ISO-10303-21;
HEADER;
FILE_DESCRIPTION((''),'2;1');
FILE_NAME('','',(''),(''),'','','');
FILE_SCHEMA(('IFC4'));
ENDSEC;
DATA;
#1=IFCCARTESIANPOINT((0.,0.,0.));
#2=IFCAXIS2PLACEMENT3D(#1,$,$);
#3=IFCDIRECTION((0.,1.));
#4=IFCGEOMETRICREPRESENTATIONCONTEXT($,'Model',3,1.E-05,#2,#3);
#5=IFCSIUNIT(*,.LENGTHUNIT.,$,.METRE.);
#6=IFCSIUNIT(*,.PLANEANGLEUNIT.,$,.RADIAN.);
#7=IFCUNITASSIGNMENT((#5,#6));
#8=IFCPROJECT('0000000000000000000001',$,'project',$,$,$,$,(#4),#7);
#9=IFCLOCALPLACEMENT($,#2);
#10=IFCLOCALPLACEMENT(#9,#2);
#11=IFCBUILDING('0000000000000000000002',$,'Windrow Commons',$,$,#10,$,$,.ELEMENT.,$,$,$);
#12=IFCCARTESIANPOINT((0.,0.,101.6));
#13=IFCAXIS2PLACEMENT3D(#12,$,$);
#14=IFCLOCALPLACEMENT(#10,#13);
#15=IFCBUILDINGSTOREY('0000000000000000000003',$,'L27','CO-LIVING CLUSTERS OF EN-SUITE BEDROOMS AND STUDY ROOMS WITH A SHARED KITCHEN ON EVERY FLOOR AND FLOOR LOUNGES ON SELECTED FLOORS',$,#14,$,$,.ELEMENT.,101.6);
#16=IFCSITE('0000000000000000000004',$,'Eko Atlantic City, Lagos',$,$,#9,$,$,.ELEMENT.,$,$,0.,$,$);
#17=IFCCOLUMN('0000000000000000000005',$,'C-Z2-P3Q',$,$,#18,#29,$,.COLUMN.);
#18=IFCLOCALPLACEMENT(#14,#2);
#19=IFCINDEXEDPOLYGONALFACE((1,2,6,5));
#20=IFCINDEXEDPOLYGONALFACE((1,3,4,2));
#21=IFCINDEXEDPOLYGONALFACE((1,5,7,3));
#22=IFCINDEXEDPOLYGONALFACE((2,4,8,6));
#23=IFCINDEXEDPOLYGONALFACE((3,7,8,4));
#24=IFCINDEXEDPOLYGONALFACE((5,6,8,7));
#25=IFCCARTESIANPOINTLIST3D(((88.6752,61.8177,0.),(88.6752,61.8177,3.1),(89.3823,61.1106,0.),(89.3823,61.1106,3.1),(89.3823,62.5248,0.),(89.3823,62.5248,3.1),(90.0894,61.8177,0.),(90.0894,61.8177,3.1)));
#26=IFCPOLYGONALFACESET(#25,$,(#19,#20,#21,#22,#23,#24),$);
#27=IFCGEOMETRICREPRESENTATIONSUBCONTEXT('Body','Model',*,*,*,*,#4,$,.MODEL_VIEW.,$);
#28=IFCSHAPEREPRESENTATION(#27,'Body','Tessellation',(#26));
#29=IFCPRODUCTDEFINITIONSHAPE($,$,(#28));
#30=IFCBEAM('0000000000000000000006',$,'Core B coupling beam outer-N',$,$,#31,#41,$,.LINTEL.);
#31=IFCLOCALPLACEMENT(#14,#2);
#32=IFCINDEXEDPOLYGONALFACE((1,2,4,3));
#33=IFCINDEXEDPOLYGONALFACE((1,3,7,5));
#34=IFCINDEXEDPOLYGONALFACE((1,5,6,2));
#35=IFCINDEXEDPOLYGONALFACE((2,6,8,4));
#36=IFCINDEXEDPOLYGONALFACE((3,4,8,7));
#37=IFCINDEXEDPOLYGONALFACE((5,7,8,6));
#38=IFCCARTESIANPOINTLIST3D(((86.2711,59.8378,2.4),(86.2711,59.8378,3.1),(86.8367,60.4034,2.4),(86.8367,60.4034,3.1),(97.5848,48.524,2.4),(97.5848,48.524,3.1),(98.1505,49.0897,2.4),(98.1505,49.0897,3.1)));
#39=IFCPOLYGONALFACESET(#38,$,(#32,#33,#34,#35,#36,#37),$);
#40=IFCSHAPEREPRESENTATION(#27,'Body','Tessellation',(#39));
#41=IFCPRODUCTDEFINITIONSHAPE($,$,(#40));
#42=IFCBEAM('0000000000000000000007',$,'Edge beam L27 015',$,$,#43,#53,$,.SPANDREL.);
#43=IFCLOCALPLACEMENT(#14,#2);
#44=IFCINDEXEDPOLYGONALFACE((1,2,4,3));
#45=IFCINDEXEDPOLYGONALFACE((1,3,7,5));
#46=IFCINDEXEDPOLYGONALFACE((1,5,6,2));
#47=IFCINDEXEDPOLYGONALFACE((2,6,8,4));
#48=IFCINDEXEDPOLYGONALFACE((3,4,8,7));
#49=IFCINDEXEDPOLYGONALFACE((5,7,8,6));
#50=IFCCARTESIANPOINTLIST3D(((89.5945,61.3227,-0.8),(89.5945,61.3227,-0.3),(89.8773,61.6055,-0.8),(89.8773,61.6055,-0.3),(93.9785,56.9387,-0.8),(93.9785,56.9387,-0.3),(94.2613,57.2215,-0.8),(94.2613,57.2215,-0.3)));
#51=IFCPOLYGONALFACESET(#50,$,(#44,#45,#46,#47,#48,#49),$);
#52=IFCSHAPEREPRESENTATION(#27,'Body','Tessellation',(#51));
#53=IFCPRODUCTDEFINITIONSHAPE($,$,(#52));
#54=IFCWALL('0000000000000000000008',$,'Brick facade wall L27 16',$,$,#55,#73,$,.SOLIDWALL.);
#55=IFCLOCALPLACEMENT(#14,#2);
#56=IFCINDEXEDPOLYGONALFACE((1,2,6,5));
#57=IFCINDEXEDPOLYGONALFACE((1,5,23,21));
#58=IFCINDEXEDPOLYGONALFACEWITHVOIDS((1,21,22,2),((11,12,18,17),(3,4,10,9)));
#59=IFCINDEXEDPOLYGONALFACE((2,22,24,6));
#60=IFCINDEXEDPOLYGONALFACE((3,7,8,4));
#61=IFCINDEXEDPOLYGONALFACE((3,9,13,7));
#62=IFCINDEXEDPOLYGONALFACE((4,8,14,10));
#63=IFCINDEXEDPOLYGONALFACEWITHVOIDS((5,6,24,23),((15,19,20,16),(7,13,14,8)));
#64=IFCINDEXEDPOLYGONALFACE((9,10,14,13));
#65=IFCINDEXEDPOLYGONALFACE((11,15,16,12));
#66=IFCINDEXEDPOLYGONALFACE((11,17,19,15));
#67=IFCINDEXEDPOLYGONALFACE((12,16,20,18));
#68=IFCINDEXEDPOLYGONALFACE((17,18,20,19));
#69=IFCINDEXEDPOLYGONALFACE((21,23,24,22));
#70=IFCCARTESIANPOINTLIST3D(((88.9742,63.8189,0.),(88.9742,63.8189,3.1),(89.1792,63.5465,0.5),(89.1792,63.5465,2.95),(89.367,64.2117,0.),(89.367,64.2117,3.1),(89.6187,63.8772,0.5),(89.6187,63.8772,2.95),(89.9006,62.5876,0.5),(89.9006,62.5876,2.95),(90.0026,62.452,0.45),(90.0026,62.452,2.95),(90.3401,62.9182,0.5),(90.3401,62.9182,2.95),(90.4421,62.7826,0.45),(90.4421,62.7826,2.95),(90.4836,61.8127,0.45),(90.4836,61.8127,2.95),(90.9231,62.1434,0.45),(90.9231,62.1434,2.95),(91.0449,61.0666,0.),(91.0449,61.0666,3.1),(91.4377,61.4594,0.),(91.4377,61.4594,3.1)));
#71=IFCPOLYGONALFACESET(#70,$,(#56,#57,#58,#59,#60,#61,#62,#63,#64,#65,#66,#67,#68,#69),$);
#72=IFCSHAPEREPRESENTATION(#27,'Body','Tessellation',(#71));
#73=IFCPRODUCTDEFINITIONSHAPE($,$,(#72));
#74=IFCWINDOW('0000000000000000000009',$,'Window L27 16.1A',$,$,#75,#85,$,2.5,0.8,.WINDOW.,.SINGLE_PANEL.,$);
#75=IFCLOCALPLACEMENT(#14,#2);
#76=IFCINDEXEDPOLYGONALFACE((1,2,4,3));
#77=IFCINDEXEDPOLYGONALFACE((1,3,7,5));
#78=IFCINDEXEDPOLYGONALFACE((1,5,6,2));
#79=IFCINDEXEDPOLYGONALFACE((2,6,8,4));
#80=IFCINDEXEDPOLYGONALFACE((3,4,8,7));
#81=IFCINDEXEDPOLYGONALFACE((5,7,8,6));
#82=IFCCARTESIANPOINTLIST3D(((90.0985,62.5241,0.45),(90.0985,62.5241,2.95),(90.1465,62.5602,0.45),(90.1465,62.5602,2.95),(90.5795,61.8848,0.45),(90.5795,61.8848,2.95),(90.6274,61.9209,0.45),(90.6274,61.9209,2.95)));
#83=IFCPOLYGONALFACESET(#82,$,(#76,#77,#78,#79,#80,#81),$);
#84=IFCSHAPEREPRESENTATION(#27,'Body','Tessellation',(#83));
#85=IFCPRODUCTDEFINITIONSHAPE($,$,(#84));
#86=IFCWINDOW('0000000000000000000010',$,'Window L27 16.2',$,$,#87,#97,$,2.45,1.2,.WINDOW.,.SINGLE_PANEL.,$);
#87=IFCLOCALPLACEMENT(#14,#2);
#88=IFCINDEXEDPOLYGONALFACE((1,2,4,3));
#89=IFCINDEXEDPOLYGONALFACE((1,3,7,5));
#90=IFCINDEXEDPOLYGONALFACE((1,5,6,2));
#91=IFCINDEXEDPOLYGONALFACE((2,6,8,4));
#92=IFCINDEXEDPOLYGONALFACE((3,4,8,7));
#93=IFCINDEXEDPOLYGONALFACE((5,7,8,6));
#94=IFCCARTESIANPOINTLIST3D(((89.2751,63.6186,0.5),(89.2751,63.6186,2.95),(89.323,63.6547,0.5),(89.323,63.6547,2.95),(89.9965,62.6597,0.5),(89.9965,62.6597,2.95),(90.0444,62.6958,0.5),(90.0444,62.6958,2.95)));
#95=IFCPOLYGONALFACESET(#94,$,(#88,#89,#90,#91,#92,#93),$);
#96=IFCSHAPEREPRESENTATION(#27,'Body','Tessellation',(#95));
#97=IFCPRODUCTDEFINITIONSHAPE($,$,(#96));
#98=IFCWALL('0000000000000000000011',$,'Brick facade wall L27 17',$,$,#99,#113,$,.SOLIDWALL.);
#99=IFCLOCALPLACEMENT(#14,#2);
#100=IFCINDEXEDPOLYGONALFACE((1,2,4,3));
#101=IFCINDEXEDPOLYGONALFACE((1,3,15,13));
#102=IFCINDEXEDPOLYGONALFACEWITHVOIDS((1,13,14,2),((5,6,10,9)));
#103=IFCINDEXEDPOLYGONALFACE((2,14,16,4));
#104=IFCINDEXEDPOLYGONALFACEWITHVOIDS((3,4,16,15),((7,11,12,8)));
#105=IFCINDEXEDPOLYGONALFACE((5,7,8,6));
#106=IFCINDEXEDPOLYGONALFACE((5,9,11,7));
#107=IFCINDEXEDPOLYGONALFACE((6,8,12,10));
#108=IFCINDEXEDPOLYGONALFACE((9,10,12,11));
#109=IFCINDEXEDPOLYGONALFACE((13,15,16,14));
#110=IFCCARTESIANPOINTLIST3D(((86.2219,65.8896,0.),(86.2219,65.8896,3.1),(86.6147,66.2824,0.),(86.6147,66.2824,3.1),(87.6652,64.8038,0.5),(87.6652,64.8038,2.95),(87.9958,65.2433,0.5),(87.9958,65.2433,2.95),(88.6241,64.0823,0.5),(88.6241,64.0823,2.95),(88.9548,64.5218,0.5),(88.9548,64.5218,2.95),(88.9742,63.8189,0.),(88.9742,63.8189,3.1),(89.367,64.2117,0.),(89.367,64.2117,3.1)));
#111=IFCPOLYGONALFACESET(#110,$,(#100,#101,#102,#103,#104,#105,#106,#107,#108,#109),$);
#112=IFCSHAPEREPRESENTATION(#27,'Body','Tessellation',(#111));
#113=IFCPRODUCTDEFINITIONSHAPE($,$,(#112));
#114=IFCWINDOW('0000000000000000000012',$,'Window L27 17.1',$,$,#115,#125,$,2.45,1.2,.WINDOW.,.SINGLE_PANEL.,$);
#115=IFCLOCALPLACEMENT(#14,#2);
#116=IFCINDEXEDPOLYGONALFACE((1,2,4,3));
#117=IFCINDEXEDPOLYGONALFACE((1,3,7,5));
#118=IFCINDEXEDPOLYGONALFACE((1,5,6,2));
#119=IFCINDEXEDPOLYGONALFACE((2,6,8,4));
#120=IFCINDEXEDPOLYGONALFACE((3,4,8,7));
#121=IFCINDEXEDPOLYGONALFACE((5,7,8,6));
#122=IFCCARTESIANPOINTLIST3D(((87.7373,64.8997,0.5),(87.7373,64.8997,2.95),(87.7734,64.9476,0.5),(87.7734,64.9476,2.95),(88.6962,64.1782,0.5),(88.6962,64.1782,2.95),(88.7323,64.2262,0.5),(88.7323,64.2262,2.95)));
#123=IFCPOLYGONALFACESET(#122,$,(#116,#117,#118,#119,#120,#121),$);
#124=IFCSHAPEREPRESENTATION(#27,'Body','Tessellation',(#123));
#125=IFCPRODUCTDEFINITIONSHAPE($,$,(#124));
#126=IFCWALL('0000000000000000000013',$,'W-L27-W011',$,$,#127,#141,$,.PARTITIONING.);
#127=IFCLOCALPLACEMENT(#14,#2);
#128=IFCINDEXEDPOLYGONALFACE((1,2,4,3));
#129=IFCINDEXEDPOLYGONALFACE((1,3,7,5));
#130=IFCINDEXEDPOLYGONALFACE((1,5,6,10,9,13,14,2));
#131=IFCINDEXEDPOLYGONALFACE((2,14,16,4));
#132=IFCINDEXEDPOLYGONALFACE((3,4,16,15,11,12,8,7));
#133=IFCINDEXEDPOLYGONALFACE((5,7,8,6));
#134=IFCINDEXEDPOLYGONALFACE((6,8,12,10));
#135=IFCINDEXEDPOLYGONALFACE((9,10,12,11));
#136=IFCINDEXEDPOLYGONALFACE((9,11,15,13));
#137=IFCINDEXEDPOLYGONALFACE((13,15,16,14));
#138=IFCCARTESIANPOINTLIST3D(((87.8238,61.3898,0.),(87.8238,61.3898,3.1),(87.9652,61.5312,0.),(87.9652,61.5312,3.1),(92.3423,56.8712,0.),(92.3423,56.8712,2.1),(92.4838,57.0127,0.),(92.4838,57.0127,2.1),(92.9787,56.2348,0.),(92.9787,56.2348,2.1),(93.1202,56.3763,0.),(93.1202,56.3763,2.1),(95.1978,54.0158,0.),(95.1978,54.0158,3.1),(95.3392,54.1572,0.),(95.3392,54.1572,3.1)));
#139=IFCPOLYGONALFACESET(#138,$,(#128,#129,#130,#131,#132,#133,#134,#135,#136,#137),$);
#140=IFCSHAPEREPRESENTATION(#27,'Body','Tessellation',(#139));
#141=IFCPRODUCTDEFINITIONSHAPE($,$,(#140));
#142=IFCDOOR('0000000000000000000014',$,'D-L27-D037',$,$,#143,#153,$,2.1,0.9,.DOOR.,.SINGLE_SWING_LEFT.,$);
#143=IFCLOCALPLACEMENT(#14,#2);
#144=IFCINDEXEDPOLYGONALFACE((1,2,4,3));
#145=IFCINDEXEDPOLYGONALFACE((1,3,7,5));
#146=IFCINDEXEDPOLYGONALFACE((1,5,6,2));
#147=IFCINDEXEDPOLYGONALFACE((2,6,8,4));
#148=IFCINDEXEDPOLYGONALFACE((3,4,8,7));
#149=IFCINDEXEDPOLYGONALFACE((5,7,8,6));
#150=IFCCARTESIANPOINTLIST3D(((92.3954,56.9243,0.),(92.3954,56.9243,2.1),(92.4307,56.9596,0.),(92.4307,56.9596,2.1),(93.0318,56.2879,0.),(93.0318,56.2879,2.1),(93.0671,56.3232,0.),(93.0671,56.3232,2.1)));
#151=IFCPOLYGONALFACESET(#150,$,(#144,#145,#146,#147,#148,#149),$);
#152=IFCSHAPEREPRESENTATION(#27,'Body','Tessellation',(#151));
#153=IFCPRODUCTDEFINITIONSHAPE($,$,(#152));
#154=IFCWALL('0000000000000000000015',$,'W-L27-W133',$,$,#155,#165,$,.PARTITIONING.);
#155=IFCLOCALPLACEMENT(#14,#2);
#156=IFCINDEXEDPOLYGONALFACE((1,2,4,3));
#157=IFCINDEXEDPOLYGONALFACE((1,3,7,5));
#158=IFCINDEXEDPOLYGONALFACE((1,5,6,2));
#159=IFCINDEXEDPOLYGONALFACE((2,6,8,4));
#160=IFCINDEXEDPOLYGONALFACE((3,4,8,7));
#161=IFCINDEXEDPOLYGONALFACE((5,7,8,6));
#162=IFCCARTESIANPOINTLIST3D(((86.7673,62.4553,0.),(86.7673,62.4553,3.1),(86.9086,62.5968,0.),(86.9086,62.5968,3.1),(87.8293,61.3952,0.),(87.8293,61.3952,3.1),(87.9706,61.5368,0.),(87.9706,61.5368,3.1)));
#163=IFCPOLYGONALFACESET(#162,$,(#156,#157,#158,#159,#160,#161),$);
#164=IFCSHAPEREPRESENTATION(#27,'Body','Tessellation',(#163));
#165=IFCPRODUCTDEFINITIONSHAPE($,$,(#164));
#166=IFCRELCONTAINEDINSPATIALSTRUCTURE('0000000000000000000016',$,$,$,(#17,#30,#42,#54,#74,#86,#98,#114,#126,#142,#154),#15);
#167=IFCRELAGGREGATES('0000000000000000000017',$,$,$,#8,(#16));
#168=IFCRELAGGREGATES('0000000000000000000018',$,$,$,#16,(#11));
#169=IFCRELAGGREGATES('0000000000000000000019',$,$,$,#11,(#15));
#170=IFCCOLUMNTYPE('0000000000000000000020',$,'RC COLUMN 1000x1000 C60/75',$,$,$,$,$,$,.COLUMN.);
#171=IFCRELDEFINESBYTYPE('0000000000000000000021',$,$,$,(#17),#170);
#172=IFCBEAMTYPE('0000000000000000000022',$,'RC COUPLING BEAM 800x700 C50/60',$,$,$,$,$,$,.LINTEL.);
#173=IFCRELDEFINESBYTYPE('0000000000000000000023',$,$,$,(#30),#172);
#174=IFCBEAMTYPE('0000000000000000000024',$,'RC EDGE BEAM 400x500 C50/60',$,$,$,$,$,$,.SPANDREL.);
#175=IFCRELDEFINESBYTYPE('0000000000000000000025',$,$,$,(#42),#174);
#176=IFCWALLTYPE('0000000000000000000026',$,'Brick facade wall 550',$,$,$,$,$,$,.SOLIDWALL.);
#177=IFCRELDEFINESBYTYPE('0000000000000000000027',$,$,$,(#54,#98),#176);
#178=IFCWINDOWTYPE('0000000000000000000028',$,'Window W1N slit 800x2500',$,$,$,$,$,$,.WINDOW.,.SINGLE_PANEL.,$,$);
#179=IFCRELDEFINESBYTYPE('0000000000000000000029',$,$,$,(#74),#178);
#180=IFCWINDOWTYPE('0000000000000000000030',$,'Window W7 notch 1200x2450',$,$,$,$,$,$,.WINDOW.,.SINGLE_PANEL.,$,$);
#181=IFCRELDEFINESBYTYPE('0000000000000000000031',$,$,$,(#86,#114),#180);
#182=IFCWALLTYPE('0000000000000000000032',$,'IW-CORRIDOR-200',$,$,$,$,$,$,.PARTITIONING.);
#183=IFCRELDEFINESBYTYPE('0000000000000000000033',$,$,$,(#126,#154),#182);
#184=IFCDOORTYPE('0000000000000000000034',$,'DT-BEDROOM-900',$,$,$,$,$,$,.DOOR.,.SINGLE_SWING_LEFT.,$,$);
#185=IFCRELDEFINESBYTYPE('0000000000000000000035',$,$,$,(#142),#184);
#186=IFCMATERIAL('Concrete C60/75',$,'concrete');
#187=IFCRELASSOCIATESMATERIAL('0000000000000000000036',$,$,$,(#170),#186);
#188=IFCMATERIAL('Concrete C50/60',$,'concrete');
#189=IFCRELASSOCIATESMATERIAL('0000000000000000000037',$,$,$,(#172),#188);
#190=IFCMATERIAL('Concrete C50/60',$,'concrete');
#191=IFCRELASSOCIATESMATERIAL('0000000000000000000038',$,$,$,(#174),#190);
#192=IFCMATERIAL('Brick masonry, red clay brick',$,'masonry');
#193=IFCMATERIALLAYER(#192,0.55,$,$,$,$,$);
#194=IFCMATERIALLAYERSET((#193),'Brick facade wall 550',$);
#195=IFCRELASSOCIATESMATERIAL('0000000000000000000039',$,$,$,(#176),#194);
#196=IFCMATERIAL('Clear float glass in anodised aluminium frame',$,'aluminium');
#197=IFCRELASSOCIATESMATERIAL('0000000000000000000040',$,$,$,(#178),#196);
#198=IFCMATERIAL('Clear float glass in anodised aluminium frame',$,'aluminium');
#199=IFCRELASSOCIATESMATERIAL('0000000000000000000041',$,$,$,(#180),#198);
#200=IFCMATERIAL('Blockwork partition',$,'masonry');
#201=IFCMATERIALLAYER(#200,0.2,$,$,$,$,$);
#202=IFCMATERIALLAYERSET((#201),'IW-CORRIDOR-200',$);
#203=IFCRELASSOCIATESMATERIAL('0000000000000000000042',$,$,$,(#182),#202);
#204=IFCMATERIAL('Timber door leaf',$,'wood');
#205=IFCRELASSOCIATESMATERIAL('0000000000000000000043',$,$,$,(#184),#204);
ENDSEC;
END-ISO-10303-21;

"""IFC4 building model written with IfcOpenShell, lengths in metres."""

from ifc_helpers import new_model, si_unit, direction, frame, frame_2d, origin, origin_2d, place, context, subcontext, project, spatial, polyline, rectangle, outline, extrude, material, layer, layer_set, material_profile, profile_set, type_object, element, fill, save


model = new_model("IFC4")

# Units and contexts
model_context = context("Model", 3, precision=1e-05, world=origin(), true_north=direction((0.0, 1.0)))
body_context = subcontext(model_context, "Body", "Model", "MODEL_VIEW")
ifc_project = project(units=[si_unit("LENGTHUNIT", "METRE"), si_unit("PLANEANGLEUNIT", "RADIAN")], contexts=[model_context])

# Site, building, storey
site_placement = place(None, origin())
site = spatial("IfcSite", under=ifc_project, at=site_placement, Name="Eko Atlantic City, Lagos", CompositionType="ELEMENT", RefElevation=0.0)
building_placement = place(site_placement, origin())
building = spatial("IfcBuilding", under=site, at=building_placement, Name="Windrow Commons", CompositionType="ELEMENT")
storey_placement = place(building_placement, frame((0.0, 0.0, 101.6)))
storey = spatial("IfcBuildingStorey", under=building, at=storey_placement, Name="L27", Description="CO-LIVING CLUSTERS OF EN-SUITE BEDROOMS AND STUDY ROOMS WITH A SHARED KITCHEN ON EVERY FLOOR AND FLOOR LOUNGES ON SELECTED FLOORS", CompositionType="ELEMENT", Elevation=101.6)

# Column
ifc_material_1 = material(Name="Concrete C60/75", Category="concrete")
ifc_material_profile_1 = material_profile(ifc_material_1, rectangle(XDim=1.0, YDim=1.0, at=origin_2d()))
ifc_profile_set_1 = profile_set([ifc_material_profile_1], Name="Concrete C60/75")
column_type = type_object("IfcColumnType", Name="RC COLUMN 1000x1000 C60/75", PredefinedType="COLUMN", material=ifc_profile_set_1)
column_placement = place(storey_placement, frame((89.3823, 61.8177, 0.0), z_axis=(0.0, 0.0, 1.0), x_axis=(0.707107, -0.707107, 0.0)))
element("IfcColumn", 1, at=column_placement, inside=storey, type_object=column_type, Name="C-Z2-P3Q", PredefinedType="COLUMN", context=body_context, shape_type="SweptSolid", body=[
    extrude(rectangle(XDim=1.0, YDim=1.0, at=origin_2d()), origin(), (0.0, 0.0, 1.0), 3.1),
])

# Beams
ifc_material_2 = material(Name="Concrete C50/60", Category="concrete")
ifc_material_profile_2 = material_profile(ifc_material_2, rectangle(XDim=0.8, YDim=0.7, at=origin_2d()))
ifc_profile_set_2 = profile_set([ifc_material_profile_2], Name="Concrete C50/60")
beam_type_1 = type_object("IfcBeamType", Name="RC COUPLING BEAM 800x700 C50/60", PredefinedType="LINTEL", material=ifc_profile_set_2)
beam_1_placement = place(storey_placement, frame((86.5539, 60.1206, 2.75), z_axis=(0.707107, -0.707107, 0.0), x_axis=(0.707107, 0.707107, 0.0)))
element("IfcBeam", 2, at=beam_1_placement, inside=storey, type_object=beam_type_1, Name="Core B coupling beam outer-N", PredefinedType="LINTEL", context=body_context, shape_type="SweptSolid", body=[
    extrude(rectangle(XDim=0.8, YDim=0.7, at=origin_2d()), origin(), (0.0, 0.0, 1.0), 16.0),
])
ifc_material_3 = material(Name="Concrete C50/60", Category="concrete")
ifc_material_profile_3 = material_profile(ifc_material_3, rectangle(XDim=0.4, YDim=0.5, at=origin_2d()))
ifc_profile_set_3 = profile_set([ifc_material_profile_3], Name="Concrete C50/60")
beam_type_2 = type_object("IfcBeamType", Name="RC EDGE BEAM 400x500 C50/60", PredefinedType="SPANDREL", material=ifc_profile_set_3)
beam_2_placement = place(storey_placement, frame((89.7359, 61.4641, -0.55), z_axis=(0.707107, -0.707107, 0.0), x_axis=(0.707107, 0.707107, 0.0)))
element("IfcBeam", 3, at=beam_2_placement, inside=storey, type_object=beam_type_2, Name="Edge beam L27 015", PredefinedType="SPANDREL", context=body_context, shape_type="SweptSolid", body=[
    extrude(rectangle(XDim=0.4, YDim=0.5, at=origin_2d()), origin(), (0.0, 0.0, 1.0), 6.1999),
])

# Wall, openings, windows
ifc_material_4 = material(Name="Brick masonry, red clay brick", Category="masonry")
ifc_layer_1 = layer(ifc_material_4, 0.55)
ifc_layer_set_1 = layer_set([ifc_layer_1], Name="Brick facade wall 550")
wall_type_1 = type_object("IfcWallType", Name="Brick facade wall 550", PredefinedType="SOLIDWALL", material=ifc_layer_set_1)
wall_1_placement = place(storey_placement, frame((91.2413, 61.263, 0.0), z_axis=(0.0, 0.0, 1.0), x_axis=(-0.601202, 0.799097, 0.0)))
wall_1 = element("IfcWall", 4, at=wall_1_placement, inside=storey, type_object=wall_type_1, Name="Brick facade wall L27 16", PredefinedType="SOLIDWALL", context=body_context, shape_type="SweptSolid", body=[
    extrude(outline(polyline([(0.0389, -0.275), (3.4831, -0.275), (3.4054, 0.275), (-0.0389, 0.275), (0.0389, -0.275)])), origin(), (0.0, 0.0, 1.0), 3.1),
])
opening_1_placement = place(wall_1_placement, frame((1.8645, 0.0, 0.5)))
opening_1 = element("IfcOpeningElement", 5, at=opening_1_placement, cuts=wall_1, PredefinedType="OPENING", context=body_context, shape_type="SweptSolid", body=[
    extrude(rectangle(XDim=1.2, YDim=2.45, at=frame_2d((0.6, 1.225))), frame((0.0, 0.285, 0.0), z_axis=(0.0, -1.0, 0.0), x_axis=(1.0, 0.0, 0.0)), (0.0, 0.0, 1.0), 0.57),
])
opening_2_placement = place(wall_1_placement, frame((0.8948, 0.0, 0.45)))
opening_2 = element("IfcOpeningElement", 6, at=opening_2_placement, cuts=wall_1, PredefinedType="OPENING", context=body_context, shape_type="SweptSolid", body=[
    extrude(rectangle(XDim=0.8, YDim=2.5, at=frame_2d((0.4, 1.25))), frame((0.0, 0.285, 0.0), z_axis=(0.0, -1.0, 0.0), x_axis=(1.0, 0.0, 0.0)), (0.0, 0.0, 1.0), 0.57),
])
ifc_material_5 = material(Name="Clear float glass in anodised aluminium frame", Category="aluminium")
window_type_1 = type_object("IfcWindowType", Name="Window W1N slit 800x2500", PartitioningType="SINGLE_PANEL", PredefinedType="WINDOW", material=ifc_material_5)
window_1_placement = place(opening_2_placement, origin())
window_1 = element("IfcWindow", 7, at=window_1_placement, inside=storey, type_object=window_type_1, Name="Window L27 16.1A", OverallHeight=2.5, OverallWidth=0.8, PartitioningType="SINGLE_PANEL", PredefinedType="WINDOW", context=body_context, shape_type="SweptSolid", body=[
    extrude(rectangle(XDim=0.8, YDim=2.5, at=frame_2d((0.4, 1.25))), frame((0.0, 0.155, 0.0), z_axis=(0.0, -1.0, 0.0), x_axis=(1.0, 0.0, 0.0)), (0.0, 0.0, 1.0), 0.06),
])
fill(opening_2, window_1)
ifc_material_6 = material(Name="Clear float glass in anodised aluminium frame", Category="aluminium")
window_type_2 = type_object("IfcWindowType", Name="Window W7 notch 1200x2450", PartitioningType="SINGLE_PANEL", PredefinedType="WINDOW", material=ifc_material_6)
window_2_placement = place(opening_1_placement, origin())
window_2 = element("IfcWindow", 8, at=window_2_placement, inside=storey, type_object=window_type_2, Name="Window L27 16.2", OverallHeight=2.45, OverallWidth=1.2, PartitioningType="SINGLE_PANEL", PredefinedType="WINDOW", context=body_context, shape_type="SweptSolid", body=[
    extrude(rectangle(XDim=1.2, YDim=2.45, at=frame_2d((0.6, 1.225))), frame((0.0, 0.155, 0.0), z_axis=(0.0, -1.0, 0.0), x_axis=(1.0, 0.0, 0.0)), (0.0, 0.0, 1.0), 0.06),
])
fill(opening_1, window_2)

# Wall, opening, window
wall_2_placement = place(storey_placement, frame((89.1706, 64.0153, 0.0), z_axis=(0.0, 0.0, 1.0), x_axis=(-0.799097, 0.601202, 0.0)))
wall_2 = element("IfcWall", 9, at=wall_2_placement, inside=storey, type_object=wall_type_1, Name="Brick facade wall L27 17", PredefinedType="SOLIDWALL", context=body_context, shape_type="SweptSolid", body=[
    extrude(outline(polyline([(-0.0389, -0.275), (3.4054, -0.275), (3.4831, 0.275), (0.0389, 0.275), (-0.0389, -0.275)])), origin(), (0.0, 0.0, 1.0), 3.1),
])
opening_3_placement = place(wall_2_placement, frame((0.477, 0.0, 0.5)))
opening_3 = element("IfcOpeningElement", 10, at=opening_3_placement, cuts=wall_2, PredefinedType="OPENING", context=body_context, shape_type="SweptSolid", body=[
    extrude(rectangle(XDim=1.2, YDim=2.45, at=frame_2d((0.6, 1.225))), frame((0.0, 0.285, 0.0), z_axis=(0.0, -1.0, 0.0), x_axis=(1.0, 0.0, 0.0)), (0.0, 0.0, 1.0), 0.57),
])
window_3_placement = place(opening_3_placement, origin())
window_3 = element("IfcWindow", 11, at=window_3_placement, inside=storey, type_object=window_type_2, Name="Window L27 17.1", OverallHeight=2.45, OverallWidth=1.2, PartitioningType="SINGLE_PANEL", PredefinedType="WINDOW", context=body_context, shape_type="SweptSolid", body=[
    extrude(rectangle(XDim=1.2, YDim=2.45, at=frame_2d((0.6, 1.225))), frame((0.0, 0.155, 0.0), z_axis=(0.0, -1.0, 0.0), x_axis=(1.0, 0.0, 0.0)), (0.0, 0.0, 1.0), 0.06),
])
fill(opening_3, window_3)

# Wall, opening, door
ifc_material_7 = material(Name="Blockwork partition", Category="masonry")
ifc_layer_2 = layer(ifc_material_7, 0.2)
ifc_layer_set_2 = layer_set([ifc_layer_2], Name="IW-CORRIDOR-200")
wall_type_2 = type_object("IfcWallType", Name="IW-CORRIDOR-200", PredefinedType="PARTITIONING", material=ifc_layer_set_2)
wall_3_placement = place(storey_placement, frame((87.8945, 61.4605, 0.0), z_axis=(0.0, 0.0, 1.0), x_axis=(0.707107, -0.707107, 0.0)))
wall_3 = element("IfcWall", 12, at=wall_3_placement, inside=storey, type_object=wall_type_2, Name="W-L27-W011", PredefinedType="PARTITIONING", context=body_context, shape_type="SweptSolid", body=[
    extrude(rectangle(XDim=10.4284, YDim=0.2, at=frame_2d((5.2142, 0.0))), origin(), (0.0, 0.0, 1.0), 3.1),
])
opening_4_placement = place(wall_3_placement, frame((6.3902, 0.0, 0.0)))
opening_4 = element("IfcOpeningElement", 13, at=opening_4_placement, cuts=wall_3, PredefinedType="OPENING", context=body_context, shape_type="SweptSolid", body=[
    extrude(rectangle(XDim=0.9, YDim=2.1, at=frame_2d((0.45, 1.05))), frame((0.0, 0.11, 0.0), z_axis=(0.0, -1.0, 0.0), x_axis=(1.0, 0.0, 0.0)), (0.0, 0.0, 1.0), 0.22),
])
ifc_material_8 = material(Name="Timber door leaf", Category="wood")
door_type_1 = type_object("IfcDoorType", Name="DT-BEDROOM-900", OperationType="SINGLE_SWING_LEFT", PredefinedType="DOOR", material=ifc_material_8)
door_1_placement = place(opening_4_placement, origin())
door_1 = element("IfcDoor", 14, at=door_1_placement, inside=storey, type_object=door_type_1, Name="D-L27-D037", OperationType="SINGLE_SWING_LEFT", OverallHeight=2.1, OverallWidth=0.9, PredefinedType="DOOR", context=body_context, shape_type="SweptSolid", body=[
    extrude(rectangle(XDim=0.9, YDim=2.1, at=frame_2d((0.45, 1.05))), frame((0.0, 0.025, 0.0), z_axis=(0.0, -1.0, 0.0), x_axis=(1.0, 0.0, 0.0)), (0.0, 0.0, 1.0), 0.05),
])
fill(opening_4, door_1)

# Wall
wall_4_placement = place(storey_placement, frame((86.838, 62.526, 0.0), z_axis=(0.0, 0.0, 1.0), x_axis=(0.707773, -0.70644, 0.0)))
element("IfcWall", 15, at=wall_4_placement, inside=storey, type_object=wall_type_2, Name="W-L27-W133", PredefinedType="PARTITIONING", context=body_context, shape_type="SweptSolid", body=[
    extrude(rectangle(XDim=1.5005, YDim=0.2, at=frame_2d((0.7502, 0.0))), origin(), (0.0, 0.0, 1.0), 3.1),
])

save(model, "model.ifc")
